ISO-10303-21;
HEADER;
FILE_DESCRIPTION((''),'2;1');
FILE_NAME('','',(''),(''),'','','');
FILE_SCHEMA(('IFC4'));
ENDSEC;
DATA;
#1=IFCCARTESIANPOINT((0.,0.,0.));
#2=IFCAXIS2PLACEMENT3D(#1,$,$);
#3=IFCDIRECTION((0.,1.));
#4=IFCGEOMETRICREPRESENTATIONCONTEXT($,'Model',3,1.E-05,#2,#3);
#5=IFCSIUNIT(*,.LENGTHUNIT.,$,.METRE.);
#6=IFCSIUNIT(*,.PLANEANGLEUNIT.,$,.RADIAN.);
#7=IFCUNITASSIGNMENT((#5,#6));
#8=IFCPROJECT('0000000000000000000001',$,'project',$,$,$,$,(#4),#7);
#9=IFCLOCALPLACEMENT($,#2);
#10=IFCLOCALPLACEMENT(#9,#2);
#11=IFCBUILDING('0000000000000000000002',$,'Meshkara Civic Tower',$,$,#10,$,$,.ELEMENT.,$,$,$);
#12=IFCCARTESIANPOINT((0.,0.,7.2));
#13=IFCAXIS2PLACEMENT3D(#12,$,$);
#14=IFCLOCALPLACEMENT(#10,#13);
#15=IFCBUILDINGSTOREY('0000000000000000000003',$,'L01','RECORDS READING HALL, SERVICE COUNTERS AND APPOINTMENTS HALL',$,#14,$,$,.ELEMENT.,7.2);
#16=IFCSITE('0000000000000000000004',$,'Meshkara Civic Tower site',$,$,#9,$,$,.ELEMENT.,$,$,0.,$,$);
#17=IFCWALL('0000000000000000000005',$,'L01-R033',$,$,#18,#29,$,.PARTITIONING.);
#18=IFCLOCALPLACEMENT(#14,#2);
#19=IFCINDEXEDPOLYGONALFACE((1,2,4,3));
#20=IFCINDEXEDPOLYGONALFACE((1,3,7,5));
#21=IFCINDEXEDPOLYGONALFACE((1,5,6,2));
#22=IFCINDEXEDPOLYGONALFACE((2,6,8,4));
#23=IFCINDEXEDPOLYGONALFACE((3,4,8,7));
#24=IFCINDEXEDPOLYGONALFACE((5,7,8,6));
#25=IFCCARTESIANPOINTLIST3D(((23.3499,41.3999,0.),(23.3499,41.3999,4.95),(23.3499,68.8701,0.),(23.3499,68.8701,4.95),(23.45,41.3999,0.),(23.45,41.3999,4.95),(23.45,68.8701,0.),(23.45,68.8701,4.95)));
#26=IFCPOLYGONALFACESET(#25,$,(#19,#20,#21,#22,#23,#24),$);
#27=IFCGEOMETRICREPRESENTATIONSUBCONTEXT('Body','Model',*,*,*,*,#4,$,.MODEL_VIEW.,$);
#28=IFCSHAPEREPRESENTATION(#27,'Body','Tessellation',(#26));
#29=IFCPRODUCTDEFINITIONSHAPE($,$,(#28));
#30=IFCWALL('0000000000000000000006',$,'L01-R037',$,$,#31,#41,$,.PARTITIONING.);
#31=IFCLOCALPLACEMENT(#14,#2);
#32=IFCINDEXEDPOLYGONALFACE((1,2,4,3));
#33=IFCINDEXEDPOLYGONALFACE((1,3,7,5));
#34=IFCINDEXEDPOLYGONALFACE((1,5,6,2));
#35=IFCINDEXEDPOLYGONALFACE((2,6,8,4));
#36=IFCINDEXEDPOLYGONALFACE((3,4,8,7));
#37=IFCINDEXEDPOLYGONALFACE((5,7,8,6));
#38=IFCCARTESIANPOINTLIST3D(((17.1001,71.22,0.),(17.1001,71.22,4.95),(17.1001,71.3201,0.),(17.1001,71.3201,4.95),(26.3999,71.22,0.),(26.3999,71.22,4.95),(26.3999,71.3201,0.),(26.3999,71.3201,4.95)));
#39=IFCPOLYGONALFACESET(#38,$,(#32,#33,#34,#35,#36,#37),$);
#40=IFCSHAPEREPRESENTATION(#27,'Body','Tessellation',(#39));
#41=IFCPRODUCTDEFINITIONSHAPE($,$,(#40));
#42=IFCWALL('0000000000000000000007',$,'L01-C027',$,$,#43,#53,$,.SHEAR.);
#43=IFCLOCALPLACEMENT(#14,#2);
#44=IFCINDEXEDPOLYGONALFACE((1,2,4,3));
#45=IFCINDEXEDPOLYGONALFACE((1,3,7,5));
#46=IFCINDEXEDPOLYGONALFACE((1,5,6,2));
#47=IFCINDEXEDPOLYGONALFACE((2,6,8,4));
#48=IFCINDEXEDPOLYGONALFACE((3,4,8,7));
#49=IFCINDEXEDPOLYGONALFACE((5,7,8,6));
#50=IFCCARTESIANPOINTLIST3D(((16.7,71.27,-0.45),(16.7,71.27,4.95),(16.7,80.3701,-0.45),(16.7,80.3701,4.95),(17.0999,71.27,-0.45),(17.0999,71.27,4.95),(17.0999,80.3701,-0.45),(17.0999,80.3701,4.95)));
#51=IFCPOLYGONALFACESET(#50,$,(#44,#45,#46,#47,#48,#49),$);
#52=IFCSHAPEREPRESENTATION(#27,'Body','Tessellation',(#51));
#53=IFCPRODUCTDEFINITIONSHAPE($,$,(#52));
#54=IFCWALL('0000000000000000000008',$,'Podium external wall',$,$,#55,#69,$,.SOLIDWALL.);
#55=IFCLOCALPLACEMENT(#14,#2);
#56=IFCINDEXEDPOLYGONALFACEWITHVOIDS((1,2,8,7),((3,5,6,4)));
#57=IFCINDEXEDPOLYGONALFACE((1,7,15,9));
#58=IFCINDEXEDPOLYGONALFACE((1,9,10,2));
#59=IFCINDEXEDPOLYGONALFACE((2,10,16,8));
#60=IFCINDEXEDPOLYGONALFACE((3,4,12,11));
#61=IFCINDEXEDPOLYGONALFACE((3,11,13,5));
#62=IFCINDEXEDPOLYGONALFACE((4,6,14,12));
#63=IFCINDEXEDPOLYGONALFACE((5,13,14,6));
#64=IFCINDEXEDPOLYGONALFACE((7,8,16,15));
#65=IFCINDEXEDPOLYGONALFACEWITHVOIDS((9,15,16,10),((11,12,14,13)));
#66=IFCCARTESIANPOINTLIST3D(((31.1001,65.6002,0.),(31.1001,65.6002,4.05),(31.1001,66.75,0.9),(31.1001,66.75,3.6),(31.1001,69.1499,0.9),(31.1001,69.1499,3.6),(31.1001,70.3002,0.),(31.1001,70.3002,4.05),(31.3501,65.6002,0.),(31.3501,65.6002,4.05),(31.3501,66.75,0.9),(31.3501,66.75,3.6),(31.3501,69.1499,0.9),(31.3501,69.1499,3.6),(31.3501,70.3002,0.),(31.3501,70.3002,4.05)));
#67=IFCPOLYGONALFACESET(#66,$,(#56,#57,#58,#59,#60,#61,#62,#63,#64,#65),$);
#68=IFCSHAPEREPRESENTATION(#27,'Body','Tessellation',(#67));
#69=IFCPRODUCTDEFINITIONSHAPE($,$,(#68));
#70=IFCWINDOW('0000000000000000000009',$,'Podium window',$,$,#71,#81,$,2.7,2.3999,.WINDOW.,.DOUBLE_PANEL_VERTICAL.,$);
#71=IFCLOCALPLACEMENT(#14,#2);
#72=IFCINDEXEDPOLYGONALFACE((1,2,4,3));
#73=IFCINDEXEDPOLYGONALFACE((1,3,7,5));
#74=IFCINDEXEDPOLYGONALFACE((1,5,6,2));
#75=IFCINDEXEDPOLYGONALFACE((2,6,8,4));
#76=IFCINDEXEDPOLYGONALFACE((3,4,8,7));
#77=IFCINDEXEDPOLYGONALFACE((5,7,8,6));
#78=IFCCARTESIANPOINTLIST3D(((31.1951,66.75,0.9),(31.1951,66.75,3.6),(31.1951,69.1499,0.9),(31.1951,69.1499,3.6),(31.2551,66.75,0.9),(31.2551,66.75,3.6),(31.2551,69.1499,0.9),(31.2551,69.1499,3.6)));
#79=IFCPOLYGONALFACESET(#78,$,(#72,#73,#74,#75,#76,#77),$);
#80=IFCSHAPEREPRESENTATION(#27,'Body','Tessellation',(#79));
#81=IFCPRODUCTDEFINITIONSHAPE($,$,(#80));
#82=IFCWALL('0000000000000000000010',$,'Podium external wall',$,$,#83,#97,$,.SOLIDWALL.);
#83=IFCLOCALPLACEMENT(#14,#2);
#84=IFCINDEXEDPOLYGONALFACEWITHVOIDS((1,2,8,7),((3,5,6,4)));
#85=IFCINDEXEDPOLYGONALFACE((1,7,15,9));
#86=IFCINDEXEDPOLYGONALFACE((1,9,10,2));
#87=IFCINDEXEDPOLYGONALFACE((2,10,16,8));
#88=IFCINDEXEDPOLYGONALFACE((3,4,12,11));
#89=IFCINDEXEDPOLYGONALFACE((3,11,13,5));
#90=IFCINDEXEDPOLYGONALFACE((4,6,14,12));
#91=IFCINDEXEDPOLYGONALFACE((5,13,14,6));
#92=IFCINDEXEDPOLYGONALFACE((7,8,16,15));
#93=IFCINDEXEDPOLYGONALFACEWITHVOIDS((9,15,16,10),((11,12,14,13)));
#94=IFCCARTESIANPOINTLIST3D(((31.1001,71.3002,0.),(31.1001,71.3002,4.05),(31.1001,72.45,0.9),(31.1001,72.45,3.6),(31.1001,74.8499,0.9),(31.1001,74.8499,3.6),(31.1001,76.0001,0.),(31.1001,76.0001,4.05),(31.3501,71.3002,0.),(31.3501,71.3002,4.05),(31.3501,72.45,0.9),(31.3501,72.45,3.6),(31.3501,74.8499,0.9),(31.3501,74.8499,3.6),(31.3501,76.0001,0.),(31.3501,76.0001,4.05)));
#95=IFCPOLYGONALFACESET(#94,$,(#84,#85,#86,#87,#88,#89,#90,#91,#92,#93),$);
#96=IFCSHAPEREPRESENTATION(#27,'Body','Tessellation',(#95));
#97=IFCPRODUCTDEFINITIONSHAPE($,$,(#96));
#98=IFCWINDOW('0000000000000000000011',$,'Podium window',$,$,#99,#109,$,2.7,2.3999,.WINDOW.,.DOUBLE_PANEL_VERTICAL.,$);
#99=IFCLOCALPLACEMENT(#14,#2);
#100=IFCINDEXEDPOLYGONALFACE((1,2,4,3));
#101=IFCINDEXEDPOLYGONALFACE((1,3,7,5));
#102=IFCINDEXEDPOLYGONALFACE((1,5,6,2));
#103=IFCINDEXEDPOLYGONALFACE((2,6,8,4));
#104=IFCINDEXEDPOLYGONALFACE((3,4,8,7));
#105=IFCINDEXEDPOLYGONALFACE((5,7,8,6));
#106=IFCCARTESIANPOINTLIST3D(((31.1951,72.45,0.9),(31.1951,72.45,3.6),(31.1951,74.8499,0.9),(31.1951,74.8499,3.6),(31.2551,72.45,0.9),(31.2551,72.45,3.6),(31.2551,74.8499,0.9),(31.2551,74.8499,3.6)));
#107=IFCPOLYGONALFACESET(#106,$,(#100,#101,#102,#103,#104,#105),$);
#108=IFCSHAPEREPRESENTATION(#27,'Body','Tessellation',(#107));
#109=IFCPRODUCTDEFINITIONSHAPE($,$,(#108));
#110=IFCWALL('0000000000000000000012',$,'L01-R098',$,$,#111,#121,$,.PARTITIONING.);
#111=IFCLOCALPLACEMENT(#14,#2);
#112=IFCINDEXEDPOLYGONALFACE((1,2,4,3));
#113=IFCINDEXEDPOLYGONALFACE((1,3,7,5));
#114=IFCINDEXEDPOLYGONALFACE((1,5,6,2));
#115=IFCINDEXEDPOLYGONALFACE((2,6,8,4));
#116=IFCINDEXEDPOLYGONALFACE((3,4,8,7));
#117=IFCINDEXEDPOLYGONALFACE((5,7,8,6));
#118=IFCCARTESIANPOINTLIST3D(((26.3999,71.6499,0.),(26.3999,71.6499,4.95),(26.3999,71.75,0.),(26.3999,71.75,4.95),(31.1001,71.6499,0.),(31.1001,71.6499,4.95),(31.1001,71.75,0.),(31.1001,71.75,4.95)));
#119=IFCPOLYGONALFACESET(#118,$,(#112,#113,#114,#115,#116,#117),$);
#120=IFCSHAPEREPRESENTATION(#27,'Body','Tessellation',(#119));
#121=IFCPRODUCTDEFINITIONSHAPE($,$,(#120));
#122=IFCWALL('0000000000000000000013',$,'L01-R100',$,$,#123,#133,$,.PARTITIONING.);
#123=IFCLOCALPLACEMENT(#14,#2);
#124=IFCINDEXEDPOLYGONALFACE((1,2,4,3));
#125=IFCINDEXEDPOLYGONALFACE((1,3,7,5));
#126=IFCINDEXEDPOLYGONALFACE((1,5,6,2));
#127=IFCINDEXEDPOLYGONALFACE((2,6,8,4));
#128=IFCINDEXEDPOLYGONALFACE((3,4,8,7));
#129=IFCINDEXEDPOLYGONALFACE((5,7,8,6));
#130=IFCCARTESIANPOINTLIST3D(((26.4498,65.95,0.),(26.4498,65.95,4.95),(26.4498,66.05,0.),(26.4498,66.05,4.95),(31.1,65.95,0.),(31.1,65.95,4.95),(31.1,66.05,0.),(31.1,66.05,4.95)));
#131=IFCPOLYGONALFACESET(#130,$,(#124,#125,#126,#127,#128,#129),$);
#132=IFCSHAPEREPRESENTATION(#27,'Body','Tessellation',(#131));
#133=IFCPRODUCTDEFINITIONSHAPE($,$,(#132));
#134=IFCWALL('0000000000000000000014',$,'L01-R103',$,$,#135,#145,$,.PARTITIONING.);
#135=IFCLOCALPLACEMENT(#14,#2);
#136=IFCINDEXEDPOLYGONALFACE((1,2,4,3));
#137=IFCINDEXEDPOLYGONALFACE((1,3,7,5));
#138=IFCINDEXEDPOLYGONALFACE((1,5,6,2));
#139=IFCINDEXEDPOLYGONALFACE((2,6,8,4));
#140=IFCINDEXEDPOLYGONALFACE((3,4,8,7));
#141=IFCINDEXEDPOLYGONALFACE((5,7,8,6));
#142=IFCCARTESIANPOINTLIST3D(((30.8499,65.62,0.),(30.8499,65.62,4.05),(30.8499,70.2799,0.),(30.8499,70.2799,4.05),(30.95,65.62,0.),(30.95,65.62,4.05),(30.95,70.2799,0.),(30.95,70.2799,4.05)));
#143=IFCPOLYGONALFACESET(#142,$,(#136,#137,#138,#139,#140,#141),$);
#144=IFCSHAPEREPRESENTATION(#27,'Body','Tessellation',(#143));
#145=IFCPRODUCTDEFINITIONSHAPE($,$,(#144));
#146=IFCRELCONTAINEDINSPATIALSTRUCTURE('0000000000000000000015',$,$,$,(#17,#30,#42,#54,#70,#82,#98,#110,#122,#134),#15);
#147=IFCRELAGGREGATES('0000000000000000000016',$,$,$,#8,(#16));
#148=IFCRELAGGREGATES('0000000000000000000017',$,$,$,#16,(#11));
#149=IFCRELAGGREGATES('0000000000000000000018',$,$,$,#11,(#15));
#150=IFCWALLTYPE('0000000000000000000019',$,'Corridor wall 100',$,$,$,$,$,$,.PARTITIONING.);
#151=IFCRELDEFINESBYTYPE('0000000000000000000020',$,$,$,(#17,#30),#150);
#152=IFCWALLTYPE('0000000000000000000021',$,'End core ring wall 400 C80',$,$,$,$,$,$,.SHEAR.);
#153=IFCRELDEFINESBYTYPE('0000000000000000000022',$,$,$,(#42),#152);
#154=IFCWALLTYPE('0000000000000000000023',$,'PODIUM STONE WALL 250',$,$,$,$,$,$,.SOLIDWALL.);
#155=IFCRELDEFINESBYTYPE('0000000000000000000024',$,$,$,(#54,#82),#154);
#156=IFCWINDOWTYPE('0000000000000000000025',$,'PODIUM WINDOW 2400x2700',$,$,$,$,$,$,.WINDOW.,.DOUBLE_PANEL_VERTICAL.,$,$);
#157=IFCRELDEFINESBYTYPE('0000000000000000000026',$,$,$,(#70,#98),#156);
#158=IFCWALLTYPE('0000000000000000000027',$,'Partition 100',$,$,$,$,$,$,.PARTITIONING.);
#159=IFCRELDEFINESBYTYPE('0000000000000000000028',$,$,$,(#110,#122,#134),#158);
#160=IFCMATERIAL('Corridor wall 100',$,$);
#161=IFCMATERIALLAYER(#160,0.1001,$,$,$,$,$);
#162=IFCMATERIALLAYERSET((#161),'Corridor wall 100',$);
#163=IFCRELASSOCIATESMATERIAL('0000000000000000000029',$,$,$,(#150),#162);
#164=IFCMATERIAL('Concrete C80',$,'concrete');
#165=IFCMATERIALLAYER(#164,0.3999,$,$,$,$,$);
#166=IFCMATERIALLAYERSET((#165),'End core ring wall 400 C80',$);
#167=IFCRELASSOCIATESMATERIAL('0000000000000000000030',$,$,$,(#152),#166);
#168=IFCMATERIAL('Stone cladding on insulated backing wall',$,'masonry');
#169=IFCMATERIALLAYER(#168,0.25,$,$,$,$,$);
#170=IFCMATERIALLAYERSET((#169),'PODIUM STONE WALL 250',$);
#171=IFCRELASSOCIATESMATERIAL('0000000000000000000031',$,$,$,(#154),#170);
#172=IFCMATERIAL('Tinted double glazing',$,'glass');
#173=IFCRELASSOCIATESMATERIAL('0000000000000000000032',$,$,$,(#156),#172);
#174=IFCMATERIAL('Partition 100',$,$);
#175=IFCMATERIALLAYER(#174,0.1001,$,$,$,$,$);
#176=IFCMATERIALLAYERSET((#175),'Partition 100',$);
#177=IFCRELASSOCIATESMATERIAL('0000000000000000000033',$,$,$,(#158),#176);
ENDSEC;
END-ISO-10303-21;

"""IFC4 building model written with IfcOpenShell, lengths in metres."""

from ifc_helpers import new_model, si_unit, direction, frame, frame_2d, origin, place, context, subcontext, project, spatial, rectangle, extrude, material, layer, layer_set, type_object, element, fill, save


model = new_model("IFC4")

# Units and contexts
model_context = context("Model", 3, precision=1e-05, world=origin(), true_north=direction((0.0, 1.0)))
body_context = subcontext(model_context, "Body", "Model", "MODEL_VIEW")
ifc_project = project(units=[si_unit("LENGTHUNIT", "METRE"), si_unit("PLANEANGLEUNIT", "RADIAN")], contexts=[model_context])

# Site, building, storey
site_placement = place(None, origin())
site = spatial("IfcSite", under=ifc_project, at=site_placement, Name="Meshkara Civic Tower site", CompositionType="ELEMENT", RefElevation=0.0)
building_placement = place(site_placement, origin())
building = spatial("IfcBuilding", under=site, at=building_placement, Name="Meshkara Civic Tower", CompositionType="ELEMENT")
storey_placement = place(building_placement, frame((0.0, 0.0, 7.2)))
storey = spatial("IfcBuildingStorey", under=building, at=storey_placement, Name="L01", Description="RECORDS READING HALL, SERVICE COUNTERS AND APPOINTMENTS HALL", CompositionType="ELEMENT", Elevation=7.2)

# Shared definitions
ifc_material_1 = material(Name="Corridor wall 100")
ifc_layer_1 = layer(ifc_material_1, 0.1001)
ifc_layer_set_1 = layer_set([ifc_layer_1], Name="Corridor wall 100")
wall_type_1 = type_object("IfcWallType", Name="Corridor wall 100", PredefinedType="PARTITIONING", material=ifc_layer_set_1)

# Walls
wall_1_placement = place(storey_placement, frame((23.3999, 68.8701, 0.0), z_axis=(0.0, 0.0, 1.0), x_axis=(0.0, -1.0, 0.0)))
element("IfcWall", 1, at=wall_1_placement, inside=storey, type_object=wall_type_1, Name="L01-R033", PredefinedType="PARTITIONING", context=body_context, shape_type="SweptSolid", body=[
    extrude(rectangle(XDim=27.4702, YDim=0.1001, at=frame_2d((13.7351, 0.0))), origin(), (0.0, 0.0, 1.0), 4.95),
])
wall_2_placement = place(storey_placement, frame((26.3999, 71.27, 0.0), z_axis=(0.0, 0.0, 1.0), x_axis=(-1.0, 0.0, 0.0)))
element("IfcWall", 2, at=wall_2_placement, inside=storey, type_object=wall_type_1, Name="L01-R037", PredefinedType="PARTITIONING", context=body_context, shape_type="SweptSolid", body=[
    extrude(rectangle(XDim=9.2998, YDim=0.1001, at=frame_2d((4.6499, 0.0))), origin(), (0.0, 0.0, 1.0), 4.95),
])
ifc_material_2 = material(Name="Concrete C80", Category="concrete")
ifc_layer_2 = layer(ifc_material_2, 0.3999)
ifc_layer_set_2 = layer_set([ifc_layer_2], Name="End core ring wall 400 C80")
wall_type_2 = type_object("IfcWallType", Name="End core ring wall 400 C80", PredefinedType="SHEAR", material=ifc_layer_set_2)
wall_3_placement = place(storey_placement, frame((16.8999, 71.27, -0.45), z_axis=(0.0, 0.0, 1.0), x_axis=(0.0, 1.0, 0.0)))
element("IfcWall", 3, at=wall_3_placement, inside=storey, type_object=wall_type_2, Name="L01-C027", PredefinedType="SHEAR", context=body_context, shape_type="SweptSolid", body=[
    extrude(rectangle(XDim=9.1001, YDim=0.3999, at=frame_2d((4.55, 0.0))), origin(), (0.0, 0.0, 1.0), 5.3999),
])

# Walls, openings, windows
ifc_material_3 = material(Name="Stone cladding on insulated backing wall", Category="masonry")
ifc_layer_3 = layer(ifc_material_3, 0.25)
ifc_layer_set_3 = layer_set([ifc_layer_3], Name="PODIUM STONE WALL 250")
wall_type_3 = type_object("IfcWallType", Name="PODIUM STONE WALL 250", PredefinedType="SOLIDWALL", material=ifc_layer_set_3)
wall_4_placement = place(storey_placement, frame((31.2251, 65.6001, 0.0), z_axis=(0.0, 0.0, 1.0), x_axis=(0.0, 1.0, 0.0)))
wall_4 = element("IfcWall", 4, at=wall_4_placement, inside=storey, type_object=wall_type_3, Name="Podium external wall", PredefinedType="SOLIDWALL", context=body_context, shape_type="SweptSolid", body=[
    extrude(rectangle(XDim=4.7, YDim=0.25, at=frame_2d((2.3501, 0.0))), origin(), (0.0, 0.0, 1.0), 4.05),
])
opening_1_placement = place(wall_4_placement, frame((1.1499, 0.0, 0.8999)))
opening_1 = element("IfcOpeningElement", 5, at=opening_1_placement, cuts=wall_4, PredefinedType="OPENING", context=body_context, shape_type="SweptSolid", body=[
    extrude(rectangle(XDim=2.3999, YDim=2.7, at=frame_2d((1.2, 1.3501))), frame((0.0, 0.135, 0.0), z_axis=(0.0, -1.0, 0.0), x_axis=(1.0, 0.0, 0.0)), (0.0, 0.0, 1.0), 0.27),
])
ifc_material_4 = material(Name="Tinted double glazing", Category="glass")
window_type = type_object("IfcWindowType", Name="PODIUM WINDOW 2400x2700", PartitioningType="DOUBLE_PANEL_VERTICAL", PredefinedType="WINDOW", material=ifc_material_4)
window_1_placement = place(opening_1_placement, origin())
window_1 = element("IfcWindow", 6, at=window_1_placement, inside=storey, type_object=window_type, Name="Podium window", OverallHeight=2.7, OverallWidth=2.3999, PartitioningType="DOUBLE_PANEL_VERTICAL", PredefinedType="WINDOW", context=body_context, shape_type="SweptSolid", body=[
    extrude(rectangle(XDim=2.3999, YDim=2.7, at=frame_2d((1.2, 1.3501))), frame((0.0, 0.03, 0.0), z_axis=(0.0, -1.0, 0.0), x_axis=(1.0, 0.0, 0.0)), (0.0, 0.0, 1.0), 0.0601),
])
fill(opening_1, window_1)
wall_5_placement = place(storey_placement, frame((31.2251, 71.3, 0.0), z_axis=(0.0, 0.0, 1.0), x_axis=(0.0, 1.0, 0.0)))
wall_5 = element("IfcWall", 7, at=wall_5_placement, inside=storey, type_object=wall_type_3, Name="Podium external wall", PredefinedType="SOLIDWALL", context=body_context, shape_type="SweptSolid", body=[
    extrude(rectangle(XDim=4.7, YDim=0.25, at=frame_2d((2.3501, 0.0))), origin(), (0.0, 0.0, 1.0), 4.05),
])
opening_2_placement = place(wall_5_placement, frame((1.1499, 0.0, 0.8999)))
opening_2 = element("IfcOpeningElement", 8, at=opening_2_placement, cuts=wall_5, PredefinedType="OPENING", context=body_context, shape_type="SweptSolid", body=[
    extrude(rectangle(XDim=2.3999, YDim=2.7, at=frame_2d((1.2, 1.3501))), frame((0.0, 0.135, 0.0), z_axis=(0.0, -1.0, 0.0), x_axis=(1.0, 0.0, 0.0)), (0.0, 0.0, 1.0), 0.27),
])
window_2_placement = place(opening_2_placement, origin())
window_2 = element("IfcWindow", 9, at=window_2_placement, inside=storey, type_object=window_type, Name="Podium window", OverallHeight=2.7, OverallWidth=2.3999, PartitioningType="DOUBLE_PANEL_VERTICAL", PredefinedType="WINDOW", context=body_context, shape_type="SweptSolid", body=[
    extrude(rectangle(XDim=2.3999, YDim=2.7, at=frame_2d((1.2, 1.3501))), frame((0.0, 0.03, 0.0), z_axis=(0.0, -1.0, 0.0), x_axis=(1.0, 0.0, 0.0)), (0.0, 0.0, 1.0), 0.0601),
])
fill(opening_2, window_2)

# Walls
ifc_material_5 = material(Name="Partition 100")
ifc_layer_4 = layer(ifc_material_5, 0.1001)
ifc_layer_set_4 = layer_set([ifc_layer_4], Name="Partition 100")
wall_type_4 = type_object("IfcWallType", Name="Partition 100", PredefinedType="PARTITIONING", material=ifc_layer_set_4)
wall_6_placement = place(storey_placement, frame((26.3999, 71.7, 0.0), z_axis=(0.0, 0.0, 1.0), x_axis=(1.0, 0.0, 0.0)))
element("IfcWall", 10, at=wall_6_placement, inside=storey, type_object=wall_type_4, Name="L01-R098", PredefinedType="PARTITIONING", context=body_context, shape_type="SweptSolid", body=[
    extrude(rectangle(XDim=4.7002, YDim=0.1001, at=frame_2d((2.3501, 0.0))), origin(), (0.0, 0.0, 1.0), 4.95),
])
wall_7_placement = place(storey_placement, frame((31.1001, 66.0, 0.0), z_axis=(0.0, 0.0, 1.0), x_axis=(-1.0, 0.0, 0.0)))
element("IfcWall", 11, at=wall_7_placement, inside=storey, type_object=wall_type_4, Name="L01-R100", PredefinedType="PARTITIONING", context=body_context, shape_type="SweptSolid", body=[
    extrude(rectangle(XDim=4.6501, YDim=0.1001, at=frame_2d((2.3252, 0.0))), origin(), (0.0, 0.0, 1.0), 4.95),
])
wall_8_placement = place(storey_placement, frame((30.8999, 70.28, 0.0), z_axis=(0.0, 0.0, 1.0), x_axis=(0.0, -1.0, 0.0)))
element("IfcWall", 12, at=wall_8_placement, inside=storey, type_object=wall_type_4, Name="L01-R103", PredefinedType="PARTITIONING", context=body_context, shape_type="SweptSolid", body=[
    extrude(rectangle(XDim=4.6599, YDim=0.1001, at=frame_2d((2.3301, 0.0))), origin(), (0.0, 0.0, 1.0), 4.05),
])

save(model, "model.ifc")
